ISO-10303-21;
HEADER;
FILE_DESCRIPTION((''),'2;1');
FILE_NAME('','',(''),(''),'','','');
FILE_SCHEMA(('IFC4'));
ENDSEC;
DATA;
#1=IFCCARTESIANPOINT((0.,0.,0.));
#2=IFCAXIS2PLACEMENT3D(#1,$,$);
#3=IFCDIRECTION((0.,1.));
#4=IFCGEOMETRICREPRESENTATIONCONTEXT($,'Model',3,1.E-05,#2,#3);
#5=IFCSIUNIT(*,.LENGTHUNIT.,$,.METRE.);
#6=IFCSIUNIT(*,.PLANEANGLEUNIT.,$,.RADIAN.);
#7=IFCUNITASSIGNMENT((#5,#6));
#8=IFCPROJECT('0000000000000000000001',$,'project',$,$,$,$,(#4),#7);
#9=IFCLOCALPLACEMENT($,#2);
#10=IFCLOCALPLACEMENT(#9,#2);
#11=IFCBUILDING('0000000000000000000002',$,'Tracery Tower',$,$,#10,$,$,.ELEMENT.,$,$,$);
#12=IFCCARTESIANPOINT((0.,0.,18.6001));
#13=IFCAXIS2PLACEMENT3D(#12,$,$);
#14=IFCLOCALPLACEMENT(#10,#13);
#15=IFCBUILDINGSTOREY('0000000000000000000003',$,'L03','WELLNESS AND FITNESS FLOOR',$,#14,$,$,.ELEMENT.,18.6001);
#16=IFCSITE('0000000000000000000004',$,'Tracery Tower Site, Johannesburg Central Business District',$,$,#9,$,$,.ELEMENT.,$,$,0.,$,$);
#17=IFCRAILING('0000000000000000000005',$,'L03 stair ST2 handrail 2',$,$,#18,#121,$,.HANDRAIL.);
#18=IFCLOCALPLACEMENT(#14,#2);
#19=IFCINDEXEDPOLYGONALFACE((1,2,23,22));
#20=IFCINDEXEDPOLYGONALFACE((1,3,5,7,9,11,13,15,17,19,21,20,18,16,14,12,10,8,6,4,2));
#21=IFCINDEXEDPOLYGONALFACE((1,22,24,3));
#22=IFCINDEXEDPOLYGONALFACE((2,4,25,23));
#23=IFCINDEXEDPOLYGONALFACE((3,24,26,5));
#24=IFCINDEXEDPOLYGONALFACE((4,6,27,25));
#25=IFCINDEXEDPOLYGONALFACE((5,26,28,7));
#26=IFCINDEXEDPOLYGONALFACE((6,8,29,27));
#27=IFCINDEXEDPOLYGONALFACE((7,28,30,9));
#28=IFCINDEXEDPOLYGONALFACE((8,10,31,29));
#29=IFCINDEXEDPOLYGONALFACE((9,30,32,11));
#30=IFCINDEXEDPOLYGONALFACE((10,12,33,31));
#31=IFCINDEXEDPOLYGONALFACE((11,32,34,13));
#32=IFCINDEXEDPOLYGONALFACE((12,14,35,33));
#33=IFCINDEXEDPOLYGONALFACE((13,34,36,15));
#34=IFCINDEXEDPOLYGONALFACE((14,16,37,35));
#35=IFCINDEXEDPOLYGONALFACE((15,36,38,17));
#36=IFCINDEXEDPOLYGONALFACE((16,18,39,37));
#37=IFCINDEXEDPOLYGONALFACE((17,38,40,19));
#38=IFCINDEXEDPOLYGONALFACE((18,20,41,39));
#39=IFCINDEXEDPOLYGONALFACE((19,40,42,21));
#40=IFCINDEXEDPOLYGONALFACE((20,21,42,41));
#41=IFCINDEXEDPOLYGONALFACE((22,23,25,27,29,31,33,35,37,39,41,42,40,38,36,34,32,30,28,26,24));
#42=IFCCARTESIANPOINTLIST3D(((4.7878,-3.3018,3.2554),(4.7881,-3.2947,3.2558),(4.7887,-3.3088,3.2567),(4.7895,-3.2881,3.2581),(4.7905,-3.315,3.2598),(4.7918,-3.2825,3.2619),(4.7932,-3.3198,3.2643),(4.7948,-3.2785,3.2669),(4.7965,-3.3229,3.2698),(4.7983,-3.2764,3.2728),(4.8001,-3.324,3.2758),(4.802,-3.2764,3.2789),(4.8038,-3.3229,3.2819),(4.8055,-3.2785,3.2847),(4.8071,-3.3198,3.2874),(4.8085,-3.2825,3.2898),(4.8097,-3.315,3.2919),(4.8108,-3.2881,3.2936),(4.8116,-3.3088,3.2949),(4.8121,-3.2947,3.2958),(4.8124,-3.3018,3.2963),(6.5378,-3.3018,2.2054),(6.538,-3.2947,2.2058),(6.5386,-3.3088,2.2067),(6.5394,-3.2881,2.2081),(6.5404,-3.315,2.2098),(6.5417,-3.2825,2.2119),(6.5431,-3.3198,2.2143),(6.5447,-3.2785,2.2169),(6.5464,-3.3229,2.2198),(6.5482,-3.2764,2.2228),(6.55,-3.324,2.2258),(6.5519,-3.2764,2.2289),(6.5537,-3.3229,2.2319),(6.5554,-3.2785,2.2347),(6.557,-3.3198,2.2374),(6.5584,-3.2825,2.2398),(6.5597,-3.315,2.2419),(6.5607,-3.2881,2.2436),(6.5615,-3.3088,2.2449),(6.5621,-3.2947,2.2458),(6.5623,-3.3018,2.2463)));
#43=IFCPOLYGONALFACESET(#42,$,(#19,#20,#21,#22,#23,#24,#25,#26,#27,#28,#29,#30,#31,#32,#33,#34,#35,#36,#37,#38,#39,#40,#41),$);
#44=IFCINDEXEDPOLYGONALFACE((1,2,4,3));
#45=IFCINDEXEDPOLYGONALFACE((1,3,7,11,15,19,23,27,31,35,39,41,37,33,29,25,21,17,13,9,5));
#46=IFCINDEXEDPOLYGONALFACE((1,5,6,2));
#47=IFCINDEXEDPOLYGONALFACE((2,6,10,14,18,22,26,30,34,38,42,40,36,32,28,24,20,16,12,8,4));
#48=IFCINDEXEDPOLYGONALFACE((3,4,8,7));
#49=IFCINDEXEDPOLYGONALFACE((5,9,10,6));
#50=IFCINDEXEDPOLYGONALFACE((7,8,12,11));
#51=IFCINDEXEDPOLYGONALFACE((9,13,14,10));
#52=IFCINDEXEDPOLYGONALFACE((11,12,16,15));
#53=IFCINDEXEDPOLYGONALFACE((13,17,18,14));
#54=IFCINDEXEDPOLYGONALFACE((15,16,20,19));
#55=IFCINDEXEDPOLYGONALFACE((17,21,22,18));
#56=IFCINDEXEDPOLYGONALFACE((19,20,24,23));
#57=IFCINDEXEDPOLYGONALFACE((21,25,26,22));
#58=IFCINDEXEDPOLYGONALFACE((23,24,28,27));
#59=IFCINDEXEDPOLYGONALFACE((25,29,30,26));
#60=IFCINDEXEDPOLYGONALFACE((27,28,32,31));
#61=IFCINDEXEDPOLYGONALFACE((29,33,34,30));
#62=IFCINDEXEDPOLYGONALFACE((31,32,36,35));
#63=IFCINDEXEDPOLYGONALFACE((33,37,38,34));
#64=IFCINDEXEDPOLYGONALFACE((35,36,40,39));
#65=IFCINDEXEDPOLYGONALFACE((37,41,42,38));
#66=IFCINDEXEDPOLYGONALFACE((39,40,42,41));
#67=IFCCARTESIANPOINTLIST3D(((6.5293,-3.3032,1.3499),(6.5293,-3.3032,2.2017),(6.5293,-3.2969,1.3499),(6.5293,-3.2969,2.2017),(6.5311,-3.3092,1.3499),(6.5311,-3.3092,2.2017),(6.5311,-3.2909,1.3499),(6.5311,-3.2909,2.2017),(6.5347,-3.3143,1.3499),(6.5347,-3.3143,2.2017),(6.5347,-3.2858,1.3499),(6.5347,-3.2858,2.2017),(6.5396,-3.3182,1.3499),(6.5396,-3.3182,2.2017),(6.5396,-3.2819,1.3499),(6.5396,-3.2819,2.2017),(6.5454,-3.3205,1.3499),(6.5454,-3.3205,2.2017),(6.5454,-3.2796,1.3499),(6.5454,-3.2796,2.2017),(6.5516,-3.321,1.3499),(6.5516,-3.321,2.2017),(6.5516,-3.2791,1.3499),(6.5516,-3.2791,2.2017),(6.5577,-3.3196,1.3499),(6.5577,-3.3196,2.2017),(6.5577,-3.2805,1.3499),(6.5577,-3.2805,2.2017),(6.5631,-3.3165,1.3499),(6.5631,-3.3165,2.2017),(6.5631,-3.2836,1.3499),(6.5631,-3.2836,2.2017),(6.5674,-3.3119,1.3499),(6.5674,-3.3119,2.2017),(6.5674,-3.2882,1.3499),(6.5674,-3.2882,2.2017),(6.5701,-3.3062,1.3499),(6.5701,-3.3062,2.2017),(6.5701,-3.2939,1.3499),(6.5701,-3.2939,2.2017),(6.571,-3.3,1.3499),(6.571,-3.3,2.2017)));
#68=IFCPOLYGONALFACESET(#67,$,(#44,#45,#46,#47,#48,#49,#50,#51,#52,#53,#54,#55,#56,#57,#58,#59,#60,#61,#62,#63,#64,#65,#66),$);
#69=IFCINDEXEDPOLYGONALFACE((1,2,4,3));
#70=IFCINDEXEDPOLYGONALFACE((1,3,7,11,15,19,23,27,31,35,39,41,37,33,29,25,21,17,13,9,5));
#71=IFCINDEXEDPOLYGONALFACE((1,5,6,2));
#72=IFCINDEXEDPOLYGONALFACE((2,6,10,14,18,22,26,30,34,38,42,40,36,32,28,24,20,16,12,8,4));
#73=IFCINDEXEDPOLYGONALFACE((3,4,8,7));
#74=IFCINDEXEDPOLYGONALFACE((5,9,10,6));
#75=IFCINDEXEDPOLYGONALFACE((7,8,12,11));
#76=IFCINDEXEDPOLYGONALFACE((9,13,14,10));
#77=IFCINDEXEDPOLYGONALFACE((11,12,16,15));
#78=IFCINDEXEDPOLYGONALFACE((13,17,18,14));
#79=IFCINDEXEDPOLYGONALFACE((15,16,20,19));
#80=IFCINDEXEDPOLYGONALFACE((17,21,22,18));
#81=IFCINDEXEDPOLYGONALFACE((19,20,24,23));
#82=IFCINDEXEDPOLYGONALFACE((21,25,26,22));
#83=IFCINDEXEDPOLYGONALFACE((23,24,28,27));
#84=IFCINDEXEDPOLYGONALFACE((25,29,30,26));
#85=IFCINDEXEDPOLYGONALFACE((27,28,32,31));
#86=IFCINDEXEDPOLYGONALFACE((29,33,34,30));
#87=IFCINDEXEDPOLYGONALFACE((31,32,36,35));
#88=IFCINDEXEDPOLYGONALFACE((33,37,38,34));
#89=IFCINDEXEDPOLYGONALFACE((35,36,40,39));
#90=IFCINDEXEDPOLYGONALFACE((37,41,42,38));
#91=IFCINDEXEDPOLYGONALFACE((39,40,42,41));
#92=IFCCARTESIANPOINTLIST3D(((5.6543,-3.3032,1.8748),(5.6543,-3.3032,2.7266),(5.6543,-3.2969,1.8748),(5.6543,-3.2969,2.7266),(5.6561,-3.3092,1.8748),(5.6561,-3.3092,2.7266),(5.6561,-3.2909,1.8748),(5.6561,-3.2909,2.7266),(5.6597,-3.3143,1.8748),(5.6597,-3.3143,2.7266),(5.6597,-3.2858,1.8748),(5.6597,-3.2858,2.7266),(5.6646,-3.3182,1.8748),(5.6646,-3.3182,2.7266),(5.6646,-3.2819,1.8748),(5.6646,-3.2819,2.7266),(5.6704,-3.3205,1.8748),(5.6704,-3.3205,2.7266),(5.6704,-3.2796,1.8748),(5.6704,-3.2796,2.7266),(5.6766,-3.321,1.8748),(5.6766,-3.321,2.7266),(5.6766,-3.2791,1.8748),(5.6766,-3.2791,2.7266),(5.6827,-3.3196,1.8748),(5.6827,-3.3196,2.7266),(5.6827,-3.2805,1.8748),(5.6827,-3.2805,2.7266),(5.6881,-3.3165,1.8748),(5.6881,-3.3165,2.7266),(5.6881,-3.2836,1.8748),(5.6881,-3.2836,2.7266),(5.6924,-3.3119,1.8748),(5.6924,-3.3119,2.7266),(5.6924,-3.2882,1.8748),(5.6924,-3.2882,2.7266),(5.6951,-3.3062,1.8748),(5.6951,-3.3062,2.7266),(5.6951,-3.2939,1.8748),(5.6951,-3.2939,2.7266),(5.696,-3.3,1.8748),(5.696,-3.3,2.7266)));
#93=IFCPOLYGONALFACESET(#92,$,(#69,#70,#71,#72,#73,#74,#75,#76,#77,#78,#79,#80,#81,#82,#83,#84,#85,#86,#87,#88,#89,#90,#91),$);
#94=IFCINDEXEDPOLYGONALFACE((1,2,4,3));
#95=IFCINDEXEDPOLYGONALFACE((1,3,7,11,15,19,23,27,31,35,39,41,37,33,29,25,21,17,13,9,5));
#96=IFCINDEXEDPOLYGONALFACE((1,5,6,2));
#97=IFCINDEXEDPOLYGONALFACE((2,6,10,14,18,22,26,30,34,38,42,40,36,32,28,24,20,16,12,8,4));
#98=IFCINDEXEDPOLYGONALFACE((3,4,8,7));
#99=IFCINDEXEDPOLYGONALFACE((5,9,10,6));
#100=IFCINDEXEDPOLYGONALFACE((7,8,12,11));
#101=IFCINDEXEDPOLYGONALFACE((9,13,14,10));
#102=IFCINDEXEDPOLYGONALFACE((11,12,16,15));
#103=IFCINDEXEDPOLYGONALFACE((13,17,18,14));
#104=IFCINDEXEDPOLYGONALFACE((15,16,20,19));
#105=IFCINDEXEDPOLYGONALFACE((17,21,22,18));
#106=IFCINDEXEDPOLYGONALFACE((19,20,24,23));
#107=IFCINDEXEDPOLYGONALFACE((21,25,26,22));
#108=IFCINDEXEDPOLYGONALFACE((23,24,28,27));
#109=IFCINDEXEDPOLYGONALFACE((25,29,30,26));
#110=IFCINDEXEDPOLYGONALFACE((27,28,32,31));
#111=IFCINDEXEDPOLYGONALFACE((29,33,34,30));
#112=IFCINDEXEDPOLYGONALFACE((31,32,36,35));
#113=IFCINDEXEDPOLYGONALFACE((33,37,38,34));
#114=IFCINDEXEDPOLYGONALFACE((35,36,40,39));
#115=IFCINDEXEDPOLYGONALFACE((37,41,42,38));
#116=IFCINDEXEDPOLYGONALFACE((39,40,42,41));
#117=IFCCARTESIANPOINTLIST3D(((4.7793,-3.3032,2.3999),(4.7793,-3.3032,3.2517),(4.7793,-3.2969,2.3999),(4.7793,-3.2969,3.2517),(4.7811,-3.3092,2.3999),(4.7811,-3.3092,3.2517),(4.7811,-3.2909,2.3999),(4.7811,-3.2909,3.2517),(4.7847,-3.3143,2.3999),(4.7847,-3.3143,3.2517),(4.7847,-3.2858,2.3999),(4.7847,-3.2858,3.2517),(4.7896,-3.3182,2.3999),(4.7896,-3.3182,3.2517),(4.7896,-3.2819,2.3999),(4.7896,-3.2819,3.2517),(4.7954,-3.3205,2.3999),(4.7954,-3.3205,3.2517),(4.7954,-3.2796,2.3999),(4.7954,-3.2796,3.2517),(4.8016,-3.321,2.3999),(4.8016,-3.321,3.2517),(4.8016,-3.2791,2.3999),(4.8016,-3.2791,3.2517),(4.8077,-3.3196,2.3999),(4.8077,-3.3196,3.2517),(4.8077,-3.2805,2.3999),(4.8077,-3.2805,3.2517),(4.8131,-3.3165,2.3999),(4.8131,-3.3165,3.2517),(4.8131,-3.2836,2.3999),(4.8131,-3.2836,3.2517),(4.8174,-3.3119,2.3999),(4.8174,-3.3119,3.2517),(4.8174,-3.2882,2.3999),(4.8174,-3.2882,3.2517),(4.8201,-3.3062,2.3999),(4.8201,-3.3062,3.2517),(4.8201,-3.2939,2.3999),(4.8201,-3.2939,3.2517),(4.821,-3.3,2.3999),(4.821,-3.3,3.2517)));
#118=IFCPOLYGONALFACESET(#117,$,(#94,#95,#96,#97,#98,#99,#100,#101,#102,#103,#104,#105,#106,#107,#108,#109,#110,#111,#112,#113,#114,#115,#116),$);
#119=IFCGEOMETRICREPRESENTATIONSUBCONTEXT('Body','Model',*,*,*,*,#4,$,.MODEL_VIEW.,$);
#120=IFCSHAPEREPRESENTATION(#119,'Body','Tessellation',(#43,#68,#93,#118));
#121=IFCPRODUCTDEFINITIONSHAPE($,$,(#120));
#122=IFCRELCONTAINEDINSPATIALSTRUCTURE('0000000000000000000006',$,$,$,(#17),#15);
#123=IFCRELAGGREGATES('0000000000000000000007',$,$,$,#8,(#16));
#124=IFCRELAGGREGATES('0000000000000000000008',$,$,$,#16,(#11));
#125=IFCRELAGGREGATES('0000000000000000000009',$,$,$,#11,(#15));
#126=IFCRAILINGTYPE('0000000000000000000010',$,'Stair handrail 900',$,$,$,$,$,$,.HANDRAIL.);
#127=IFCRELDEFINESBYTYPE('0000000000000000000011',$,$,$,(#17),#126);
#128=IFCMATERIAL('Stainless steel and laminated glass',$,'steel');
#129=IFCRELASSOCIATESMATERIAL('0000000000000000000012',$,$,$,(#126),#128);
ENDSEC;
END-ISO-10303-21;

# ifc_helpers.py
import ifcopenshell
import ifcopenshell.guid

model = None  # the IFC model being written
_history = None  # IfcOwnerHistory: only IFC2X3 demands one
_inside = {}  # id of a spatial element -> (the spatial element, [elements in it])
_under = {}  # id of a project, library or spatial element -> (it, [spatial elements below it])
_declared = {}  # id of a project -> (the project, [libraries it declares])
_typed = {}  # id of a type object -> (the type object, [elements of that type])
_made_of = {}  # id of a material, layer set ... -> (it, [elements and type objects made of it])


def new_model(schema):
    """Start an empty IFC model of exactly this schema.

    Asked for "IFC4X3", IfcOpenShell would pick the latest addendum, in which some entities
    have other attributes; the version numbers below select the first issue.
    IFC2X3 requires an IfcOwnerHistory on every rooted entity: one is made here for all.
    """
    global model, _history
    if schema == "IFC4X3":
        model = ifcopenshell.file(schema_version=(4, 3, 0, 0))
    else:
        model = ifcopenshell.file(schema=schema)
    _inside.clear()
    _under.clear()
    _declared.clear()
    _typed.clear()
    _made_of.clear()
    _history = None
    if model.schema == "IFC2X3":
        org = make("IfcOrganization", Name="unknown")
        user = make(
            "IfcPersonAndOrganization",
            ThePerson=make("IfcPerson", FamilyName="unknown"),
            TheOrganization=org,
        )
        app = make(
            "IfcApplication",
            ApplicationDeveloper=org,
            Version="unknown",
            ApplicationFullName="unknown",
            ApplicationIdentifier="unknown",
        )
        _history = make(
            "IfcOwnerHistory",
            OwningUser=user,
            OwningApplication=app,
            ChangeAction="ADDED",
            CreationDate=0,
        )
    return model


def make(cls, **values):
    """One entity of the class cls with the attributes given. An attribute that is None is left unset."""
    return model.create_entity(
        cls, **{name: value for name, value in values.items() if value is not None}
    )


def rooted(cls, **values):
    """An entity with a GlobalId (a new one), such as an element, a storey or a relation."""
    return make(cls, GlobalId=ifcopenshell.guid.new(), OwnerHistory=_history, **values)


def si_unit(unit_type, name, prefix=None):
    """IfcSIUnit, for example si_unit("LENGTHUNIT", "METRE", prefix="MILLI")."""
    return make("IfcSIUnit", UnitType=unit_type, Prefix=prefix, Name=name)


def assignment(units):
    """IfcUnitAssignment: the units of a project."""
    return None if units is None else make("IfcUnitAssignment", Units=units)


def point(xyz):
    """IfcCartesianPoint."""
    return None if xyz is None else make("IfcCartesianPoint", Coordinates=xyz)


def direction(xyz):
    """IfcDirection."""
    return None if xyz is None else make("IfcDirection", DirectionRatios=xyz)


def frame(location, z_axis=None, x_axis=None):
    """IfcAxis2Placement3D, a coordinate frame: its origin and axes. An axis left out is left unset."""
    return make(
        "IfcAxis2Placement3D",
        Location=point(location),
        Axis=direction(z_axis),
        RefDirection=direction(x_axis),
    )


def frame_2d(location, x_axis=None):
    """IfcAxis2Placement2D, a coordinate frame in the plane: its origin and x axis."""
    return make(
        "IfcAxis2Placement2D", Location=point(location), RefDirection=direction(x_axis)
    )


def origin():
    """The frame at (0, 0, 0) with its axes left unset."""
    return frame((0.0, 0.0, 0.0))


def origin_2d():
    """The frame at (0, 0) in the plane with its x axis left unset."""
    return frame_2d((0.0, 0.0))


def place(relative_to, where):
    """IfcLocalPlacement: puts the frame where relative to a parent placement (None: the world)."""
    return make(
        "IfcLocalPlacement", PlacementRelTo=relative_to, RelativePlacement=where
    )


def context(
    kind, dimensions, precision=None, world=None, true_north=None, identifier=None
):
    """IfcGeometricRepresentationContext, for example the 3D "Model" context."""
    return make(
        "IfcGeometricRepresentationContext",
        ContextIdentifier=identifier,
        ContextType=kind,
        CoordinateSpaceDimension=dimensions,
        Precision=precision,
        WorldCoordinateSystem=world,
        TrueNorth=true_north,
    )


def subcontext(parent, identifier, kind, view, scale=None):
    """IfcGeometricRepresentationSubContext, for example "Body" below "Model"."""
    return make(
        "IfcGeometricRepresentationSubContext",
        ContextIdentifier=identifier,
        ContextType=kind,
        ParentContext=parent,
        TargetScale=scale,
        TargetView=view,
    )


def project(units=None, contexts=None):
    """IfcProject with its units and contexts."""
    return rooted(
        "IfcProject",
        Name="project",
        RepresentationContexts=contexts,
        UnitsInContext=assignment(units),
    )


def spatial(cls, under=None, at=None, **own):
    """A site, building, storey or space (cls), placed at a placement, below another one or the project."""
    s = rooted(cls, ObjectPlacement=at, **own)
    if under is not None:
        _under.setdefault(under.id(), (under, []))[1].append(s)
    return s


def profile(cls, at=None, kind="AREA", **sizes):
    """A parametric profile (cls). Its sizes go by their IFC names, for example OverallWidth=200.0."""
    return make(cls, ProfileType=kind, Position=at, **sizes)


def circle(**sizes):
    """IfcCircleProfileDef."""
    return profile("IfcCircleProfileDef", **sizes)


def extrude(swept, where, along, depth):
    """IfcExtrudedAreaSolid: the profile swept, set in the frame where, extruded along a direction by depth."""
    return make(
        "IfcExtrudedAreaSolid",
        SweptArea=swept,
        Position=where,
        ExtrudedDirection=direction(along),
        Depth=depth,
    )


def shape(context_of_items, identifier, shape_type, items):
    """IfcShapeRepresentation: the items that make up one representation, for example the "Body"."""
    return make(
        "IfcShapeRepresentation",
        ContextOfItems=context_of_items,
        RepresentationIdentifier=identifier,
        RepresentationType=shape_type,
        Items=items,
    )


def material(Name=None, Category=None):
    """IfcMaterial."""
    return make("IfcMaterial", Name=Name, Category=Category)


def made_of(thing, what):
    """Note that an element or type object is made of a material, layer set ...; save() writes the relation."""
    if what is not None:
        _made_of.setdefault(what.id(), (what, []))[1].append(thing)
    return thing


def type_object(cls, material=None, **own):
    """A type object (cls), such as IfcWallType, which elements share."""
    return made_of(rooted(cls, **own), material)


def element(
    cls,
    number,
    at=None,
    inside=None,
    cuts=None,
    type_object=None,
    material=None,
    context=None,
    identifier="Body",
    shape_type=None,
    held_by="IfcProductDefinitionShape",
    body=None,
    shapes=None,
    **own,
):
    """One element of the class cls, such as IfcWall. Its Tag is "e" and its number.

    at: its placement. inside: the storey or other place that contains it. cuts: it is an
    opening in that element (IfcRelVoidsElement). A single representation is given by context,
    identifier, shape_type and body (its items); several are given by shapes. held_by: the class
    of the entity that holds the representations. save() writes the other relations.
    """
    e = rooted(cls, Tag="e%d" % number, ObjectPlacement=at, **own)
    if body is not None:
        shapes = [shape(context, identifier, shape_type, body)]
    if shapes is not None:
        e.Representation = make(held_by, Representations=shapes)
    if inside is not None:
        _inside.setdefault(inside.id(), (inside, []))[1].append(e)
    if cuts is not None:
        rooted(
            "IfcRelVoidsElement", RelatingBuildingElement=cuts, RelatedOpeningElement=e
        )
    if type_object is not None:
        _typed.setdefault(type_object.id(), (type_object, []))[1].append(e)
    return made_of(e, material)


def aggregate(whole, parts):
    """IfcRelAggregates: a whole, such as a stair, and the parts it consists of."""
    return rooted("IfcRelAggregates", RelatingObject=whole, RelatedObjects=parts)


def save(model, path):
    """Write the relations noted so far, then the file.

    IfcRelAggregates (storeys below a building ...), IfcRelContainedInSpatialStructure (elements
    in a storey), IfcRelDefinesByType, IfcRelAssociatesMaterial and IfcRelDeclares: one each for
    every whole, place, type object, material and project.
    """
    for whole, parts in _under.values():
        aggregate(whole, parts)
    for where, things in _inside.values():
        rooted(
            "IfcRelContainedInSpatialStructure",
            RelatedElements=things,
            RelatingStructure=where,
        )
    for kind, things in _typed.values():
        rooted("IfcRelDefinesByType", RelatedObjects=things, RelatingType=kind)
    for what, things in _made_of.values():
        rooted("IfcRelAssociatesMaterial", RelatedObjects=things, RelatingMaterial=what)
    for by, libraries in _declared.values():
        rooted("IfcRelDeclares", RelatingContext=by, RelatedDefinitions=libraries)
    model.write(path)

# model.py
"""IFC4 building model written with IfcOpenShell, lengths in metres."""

from ifc_helpers import new_model, si_unit, direction, frame, origin, origin_2d, place, context, subcontext, project, spatial, circle, extrude, material, type_object, element, save


model = new_model("IFC4")

# Units and contexts
model_context = context("Model", 3, precision=1e-05, world=origin(), true_north=direction((0.0, 1.0)))
body_context = subcontext(model_context, "Body", "Model", "MODEL_VIEW")
ifc_project = project(units=[si_unit("LENGTHUNIT", "METRE"), si_unit("PLANEANGLEUNIT", "RADIAN")], contexts=[model_context])

# Site, building, storey
site_placement = place(None, origin())
site = spatial("IfcSite", under=ifc_project, at=site_placement, Name="Tracery Tower Site, Johannesburg Central Business District", CompositionType="ELEMENT", RefElevation=0.0)
building_placement = place(site_placement, origin())
building = spatial("IfcBuilding", under=site, at=building_placement, Name="Tracery Tower", CompositionType="ELEMENT")
storey_placement = place(building_placement, frame((0.0, 0.0, 18.6001)))
storey = spatial("IfcBuildingStorey", under=building, at=storey_placement, Name="L03", Description="WELLNESS AND FITNESS FLOOR", CompositionType="ELEMENT", Elevation=18.6001)

# Railing
ifc_material_1 = material(Name="Stainless steel and laminated glass", Category="steel")
railing_type_1 = type_object("IfcRailingType", Name="Stair handrail 900", PredefinedType="HANDRAIL", material=ifc_material_1)
railing_1_placement = place(storey_placement, frame((6.55, -3.3, 1.3499)))
element("IfcRailing", 1, at=railing_1_placement, inside=storey, type_object=railing_type_1, Name="L03 stair ST2 handrail 2", PredefinedType="HANDRAIL", context=body_context, shape_type="SweptSolid", body=[
    extrude(circle(Radius=0.0239, at=origin_2d()), frame((0.0, 0.0, 0.876), z_axis=(-0.857482, 0.0, 0.514513), x_axis=(0.0, -1.0, 0.0)), (0.0, 0.0, 1.0), 2.0408),
    extrude(circle(Radius=0.021, at=origin_2d()), origin(), (0.0, 0.0, 1.0), 0.8518),
    extrude(circle(Radius=0.021, at=origin_2d()), frame((-0.875, 0.0, 0.5249)), (0.0, 0.0, 1.0), 0.8518),
    extrude(circle(Radius=0.021, at=origin_2d()), frame((-1.75, 0.0, 1.05)), (0.0, 0.0, 1.0), 0.8518),
])

save(model, "model.ifc")
